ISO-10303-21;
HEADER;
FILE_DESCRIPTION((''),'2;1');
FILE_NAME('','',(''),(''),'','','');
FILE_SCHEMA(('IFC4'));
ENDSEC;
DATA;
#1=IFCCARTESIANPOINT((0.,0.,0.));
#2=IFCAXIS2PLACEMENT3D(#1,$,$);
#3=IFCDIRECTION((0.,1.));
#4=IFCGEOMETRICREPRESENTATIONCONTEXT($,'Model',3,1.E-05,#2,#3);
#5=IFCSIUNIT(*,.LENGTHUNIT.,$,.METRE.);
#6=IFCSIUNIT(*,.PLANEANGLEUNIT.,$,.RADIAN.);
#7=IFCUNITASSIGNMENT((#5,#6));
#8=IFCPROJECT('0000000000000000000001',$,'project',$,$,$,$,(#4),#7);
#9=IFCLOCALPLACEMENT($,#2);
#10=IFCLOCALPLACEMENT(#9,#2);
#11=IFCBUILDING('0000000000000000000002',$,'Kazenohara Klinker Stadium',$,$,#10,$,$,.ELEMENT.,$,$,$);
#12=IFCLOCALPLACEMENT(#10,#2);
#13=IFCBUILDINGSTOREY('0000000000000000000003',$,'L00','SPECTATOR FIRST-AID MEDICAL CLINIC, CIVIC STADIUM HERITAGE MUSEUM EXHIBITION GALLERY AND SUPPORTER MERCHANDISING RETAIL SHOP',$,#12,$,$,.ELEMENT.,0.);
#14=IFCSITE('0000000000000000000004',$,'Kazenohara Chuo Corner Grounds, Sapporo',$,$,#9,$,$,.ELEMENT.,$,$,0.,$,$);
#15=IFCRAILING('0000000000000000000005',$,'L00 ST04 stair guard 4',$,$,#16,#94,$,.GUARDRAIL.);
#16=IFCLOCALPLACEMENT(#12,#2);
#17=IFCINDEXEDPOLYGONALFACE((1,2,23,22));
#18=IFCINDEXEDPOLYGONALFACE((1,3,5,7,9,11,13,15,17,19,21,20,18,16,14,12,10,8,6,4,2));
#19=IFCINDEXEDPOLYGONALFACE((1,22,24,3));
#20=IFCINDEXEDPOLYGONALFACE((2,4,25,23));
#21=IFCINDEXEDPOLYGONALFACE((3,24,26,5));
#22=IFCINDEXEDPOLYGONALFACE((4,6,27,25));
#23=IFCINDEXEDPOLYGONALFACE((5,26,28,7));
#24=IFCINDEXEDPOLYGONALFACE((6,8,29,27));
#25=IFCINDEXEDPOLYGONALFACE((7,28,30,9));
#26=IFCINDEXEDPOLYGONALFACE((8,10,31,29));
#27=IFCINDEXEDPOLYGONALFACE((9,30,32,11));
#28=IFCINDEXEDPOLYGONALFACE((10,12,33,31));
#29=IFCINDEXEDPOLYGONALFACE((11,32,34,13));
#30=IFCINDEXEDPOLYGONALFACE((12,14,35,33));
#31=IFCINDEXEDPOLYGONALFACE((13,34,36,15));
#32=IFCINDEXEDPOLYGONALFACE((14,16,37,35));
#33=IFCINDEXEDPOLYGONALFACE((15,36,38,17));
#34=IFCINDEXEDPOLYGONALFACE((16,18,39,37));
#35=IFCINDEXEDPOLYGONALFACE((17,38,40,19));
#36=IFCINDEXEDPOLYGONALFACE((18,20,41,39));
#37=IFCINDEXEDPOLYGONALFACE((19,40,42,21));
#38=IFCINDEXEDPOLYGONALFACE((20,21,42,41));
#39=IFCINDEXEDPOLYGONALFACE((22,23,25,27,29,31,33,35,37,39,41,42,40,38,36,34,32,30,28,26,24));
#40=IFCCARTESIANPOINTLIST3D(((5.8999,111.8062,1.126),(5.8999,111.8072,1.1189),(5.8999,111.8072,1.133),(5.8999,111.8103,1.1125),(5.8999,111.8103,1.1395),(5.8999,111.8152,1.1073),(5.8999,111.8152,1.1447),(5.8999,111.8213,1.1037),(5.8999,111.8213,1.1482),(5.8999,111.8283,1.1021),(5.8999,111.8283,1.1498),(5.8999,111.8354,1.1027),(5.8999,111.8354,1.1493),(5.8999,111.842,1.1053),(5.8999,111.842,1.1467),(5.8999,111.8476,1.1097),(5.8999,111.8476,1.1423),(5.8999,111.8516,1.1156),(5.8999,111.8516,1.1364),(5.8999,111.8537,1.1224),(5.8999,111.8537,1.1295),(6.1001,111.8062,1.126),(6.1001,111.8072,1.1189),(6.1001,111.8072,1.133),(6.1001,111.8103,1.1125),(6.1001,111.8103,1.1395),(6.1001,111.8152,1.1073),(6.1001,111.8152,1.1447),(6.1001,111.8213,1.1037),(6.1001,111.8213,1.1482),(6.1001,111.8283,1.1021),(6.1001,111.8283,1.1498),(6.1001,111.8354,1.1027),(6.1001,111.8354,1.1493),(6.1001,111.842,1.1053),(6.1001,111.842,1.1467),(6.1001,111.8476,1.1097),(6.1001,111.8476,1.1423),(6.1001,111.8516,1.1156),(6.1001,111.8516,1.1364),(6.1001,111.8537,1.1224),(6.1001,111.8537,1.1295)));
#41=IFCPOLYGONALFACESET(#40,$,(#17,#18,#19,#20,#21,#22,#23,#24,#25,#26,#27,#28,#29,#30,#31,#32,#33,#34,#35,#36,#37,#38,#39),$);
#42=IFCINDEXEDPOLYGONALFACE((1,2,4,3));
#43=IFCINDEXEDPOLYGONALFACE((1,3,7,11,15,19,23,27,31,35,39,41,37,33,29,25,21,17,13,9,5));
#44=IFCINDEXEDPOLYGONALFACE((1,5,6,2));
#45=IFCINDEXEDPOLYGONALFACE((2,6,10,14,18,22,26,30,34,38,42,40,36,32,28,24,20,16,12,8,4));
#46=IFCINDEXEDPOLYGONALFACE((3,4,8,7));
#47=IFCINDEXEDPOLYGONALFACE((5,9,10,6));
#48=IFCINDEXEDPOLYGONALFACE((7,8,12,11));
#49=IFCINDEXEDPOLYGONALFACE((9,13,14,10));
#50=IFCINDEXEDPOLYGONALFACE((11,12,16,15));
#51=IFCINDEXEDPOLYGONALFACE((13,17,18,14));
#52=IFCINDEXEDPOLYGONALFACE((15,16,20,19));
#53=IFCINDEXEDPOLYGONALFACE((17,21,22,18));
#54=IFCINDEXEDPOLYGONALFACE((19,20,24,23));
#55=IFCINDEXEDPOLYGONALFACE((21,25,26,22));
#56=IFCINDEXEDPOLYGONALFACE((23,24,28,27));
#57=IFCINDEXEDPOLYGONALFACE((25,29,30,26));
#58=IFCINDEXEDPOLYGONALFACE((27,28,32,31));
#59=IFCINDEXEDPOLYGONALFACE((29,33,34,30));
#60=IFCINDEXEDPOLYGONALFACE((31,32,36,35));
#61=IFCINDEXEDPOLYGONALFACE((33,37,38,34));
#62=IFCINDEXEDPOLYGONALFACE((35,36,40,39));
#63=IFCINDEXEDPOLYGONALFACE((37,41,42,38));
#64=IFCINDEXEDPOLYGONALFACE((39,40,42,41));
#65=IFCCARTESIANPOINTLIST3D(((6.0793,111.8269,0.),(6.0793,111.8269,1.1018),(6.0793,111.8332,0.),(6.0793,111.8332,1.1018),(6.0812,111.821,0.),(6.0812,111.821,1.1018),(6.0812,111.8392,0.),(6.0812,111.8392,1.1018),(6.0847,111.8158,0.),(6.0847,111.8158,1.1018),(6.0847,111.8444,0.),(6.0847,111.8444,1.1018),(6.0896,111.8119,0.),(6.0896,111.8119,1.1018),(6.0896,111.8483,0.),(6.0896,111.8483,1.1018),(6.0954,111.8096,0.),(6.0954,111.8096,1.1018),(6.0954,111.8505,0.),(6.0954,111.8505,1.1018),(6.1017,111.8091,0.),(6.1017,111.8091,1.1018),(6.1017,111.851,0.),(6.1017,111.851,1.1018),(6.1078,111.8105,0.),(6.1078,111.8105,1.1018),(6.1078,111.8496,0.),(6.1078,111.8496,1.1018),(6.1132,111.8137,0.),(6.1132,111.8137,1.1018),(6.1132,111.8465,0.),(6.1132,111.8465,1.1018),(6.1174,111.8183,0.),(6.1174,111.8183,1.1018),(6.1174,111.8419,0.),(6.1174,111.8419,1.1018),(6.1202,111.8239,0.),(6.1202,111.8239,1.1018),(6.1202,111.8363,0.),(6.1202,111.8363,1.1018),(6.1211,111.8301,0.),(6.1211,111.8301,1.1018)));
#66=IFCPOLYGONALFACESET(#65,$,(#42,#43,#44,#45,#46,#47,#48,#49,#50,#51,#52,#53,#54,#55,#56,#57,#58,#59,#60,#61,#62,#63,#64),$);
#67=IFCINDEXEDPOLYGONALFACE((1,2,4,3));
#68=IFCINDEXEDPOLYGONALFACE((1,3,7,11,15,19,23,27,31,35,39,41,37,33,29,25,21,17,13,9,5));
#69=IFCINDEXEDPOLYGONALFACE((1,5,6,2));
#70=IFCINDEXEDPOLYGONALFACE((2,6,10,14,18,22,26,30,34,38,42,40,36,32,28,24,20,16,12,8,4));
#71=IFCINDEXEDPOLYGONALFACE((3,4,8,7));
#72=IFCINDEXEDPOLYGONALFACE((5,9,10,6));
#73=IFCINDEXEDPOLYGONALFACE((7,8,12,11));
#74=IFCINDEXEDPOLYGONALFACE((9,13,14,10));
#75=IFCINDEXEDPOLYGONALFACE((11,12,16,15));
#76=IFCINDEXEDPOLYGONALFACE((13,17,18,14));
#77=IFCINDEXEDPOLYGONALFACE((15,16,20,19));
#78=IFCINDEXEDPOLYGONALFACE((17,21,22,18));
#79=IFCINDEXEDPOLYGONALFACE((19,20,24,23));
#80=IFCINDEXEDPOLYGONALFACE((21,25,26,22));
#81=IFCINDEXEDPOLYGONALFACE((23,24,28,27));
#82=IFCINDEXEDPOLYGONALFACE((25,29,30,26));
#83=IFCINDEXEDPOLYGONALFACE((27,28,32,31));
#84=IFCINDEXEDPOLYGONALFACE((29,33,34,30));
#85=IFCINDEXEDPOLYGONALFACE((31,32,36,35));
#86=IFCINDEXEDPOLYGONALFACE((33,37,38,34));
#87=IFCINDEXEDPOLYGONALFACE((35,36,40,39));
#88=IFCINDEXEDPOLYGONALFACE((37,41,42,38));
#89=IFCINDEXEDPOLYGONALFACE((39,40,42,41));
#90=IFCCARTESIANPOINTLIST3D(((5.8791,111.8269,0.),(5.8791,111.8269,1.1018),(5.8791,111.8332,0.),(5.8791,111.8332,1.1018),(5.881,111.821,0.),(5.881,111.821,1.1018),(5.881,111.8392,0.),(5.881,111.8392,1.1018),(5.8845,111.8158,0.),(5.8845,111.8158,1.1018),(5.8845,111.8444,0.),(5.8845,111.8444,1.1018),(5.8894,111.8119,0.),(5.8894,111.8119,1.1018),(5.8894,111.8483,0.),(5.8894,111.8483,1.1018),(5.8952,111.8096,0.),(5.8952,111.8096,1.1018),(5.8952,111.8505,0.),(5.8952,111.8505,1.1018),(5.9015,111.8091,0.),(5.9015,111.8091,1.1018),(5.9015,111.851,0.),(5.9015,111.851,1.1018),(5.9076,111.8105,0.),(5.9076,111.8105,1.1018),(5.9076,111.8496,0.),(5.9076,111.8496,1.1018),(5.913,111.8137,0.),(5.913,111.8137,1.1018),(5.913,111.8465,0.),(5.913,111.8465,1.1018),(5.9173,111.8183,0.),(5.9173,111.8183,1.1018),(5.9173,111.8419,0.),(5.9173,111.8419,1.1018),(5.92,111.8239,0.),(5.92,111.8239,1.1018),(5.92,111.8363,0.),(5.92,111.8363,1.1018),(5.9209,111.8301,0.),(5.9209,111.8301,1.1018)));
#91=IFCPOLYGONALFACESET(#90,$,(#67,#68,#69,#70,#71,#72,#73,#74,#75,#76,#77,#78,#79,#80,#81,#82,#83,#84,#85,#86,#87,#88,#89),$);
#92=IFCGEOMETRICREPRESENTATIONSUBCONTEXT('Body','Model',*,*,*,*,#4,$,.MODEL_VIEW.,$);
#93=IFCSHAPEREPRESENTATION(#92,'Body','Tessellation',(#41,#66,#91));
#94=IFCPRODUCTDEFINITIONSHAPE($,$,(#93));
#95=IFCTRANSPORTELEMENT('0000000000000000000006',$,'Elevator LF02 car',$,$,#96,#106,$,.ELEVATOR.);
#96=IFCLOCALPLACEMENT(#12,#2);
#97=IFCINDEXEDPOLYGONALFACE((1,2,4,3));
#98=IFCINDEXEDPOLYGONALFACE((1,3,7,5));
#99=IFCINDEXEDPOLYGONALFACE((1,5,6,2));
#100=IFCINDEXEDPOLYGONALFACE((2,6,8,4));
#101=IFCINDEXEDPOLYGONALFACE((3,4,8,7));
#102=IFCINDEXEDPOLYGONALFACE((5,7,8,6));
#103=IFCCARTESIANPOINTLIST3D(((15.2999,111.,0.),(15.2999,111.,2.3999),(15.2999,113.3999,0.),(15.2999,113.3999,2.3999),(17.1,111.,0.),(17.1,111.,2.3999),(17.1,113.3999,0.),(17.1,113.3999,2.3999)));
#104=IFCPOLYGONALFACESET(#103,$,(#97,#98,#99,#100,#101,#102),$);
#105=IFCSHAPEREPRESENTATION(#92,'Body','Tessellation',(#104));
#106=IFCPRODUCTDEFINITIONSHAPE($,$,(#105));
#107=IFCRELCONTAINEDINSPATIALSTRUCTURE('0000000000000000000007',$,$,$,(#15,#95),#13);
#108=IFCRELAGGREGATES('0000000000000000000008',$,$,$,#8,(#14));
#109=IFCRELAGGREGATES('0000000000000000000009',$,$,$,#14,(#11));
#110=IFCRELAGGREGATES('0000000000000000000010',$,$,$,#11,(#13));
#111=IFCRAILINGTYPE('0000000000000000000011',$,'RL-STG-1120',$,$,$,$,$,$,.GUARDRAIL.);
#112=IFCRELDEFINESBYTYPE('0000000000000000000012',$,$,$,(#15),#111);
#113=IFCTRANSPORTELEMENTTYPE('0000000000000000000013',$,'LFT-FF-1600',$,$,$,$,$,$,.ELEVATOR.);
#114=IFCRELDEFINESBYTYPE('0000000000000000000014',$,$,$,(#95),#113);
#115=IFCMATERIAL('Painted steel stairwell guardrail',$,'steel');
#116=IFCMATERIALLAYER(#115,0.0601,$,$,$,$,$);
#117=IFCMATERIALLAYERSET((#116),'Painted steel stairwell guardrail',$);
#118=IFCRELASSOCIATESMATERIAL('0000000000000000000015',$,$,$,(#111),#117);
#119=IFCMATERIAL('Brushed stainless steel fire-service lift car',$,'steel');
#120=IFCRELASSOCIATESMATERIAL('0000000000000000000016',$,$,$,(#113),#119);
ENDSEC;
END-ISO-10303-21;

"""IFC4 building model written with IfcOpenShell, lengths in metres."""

from ifc_helpers import new_model, si_unit, direction, frame, origin, origin_2d, place, context, subcontext, project, spatial, rectangle, circle, extrude, material, layer, layer_set, type_object, element, save


model = new_model("IFC4")

# Units and contexts
model_context = context("Model", 3, precision=1e-05, world=origin(), true_north=direction((0.0, 1.0)))
body_context = subcontext(model_context, "Body", "Model", "MODEL_VIEW")
ifc_project = project(units=[si_unit("LENGTHUNIT", "METRE"), si_unit("PLANEANGLEUNIT", "RADIAN")], contexts=[model_context])

# Site, building, storey
site_placement = place(None, origin())
site = spatial("IfcSite", under=ifc_project, at=site_placement, Name="Kazenohara Chuo Corner Grounds, Sapporo", CompositionType="ELEMENT", RefElevation=0.0)
building_placement = place(site_placement, origin())
building = spatial("IfcBuilding", under=site, at=building_placement, Name="Kazenohara Klinker Stadium", CompositionType="ELEMENT")
storey_placement = place(building_placement, origin())
storey = spatial("IfcBuildingStorey", under=building, at=storey_placement, Name="L00", Description="SPECTATOR FIRST-AID MEDICAL CLINIC, CIVIC STADIUM HERITAGE MUSEUM EXHIBITION GALLERY AND SUPPORTER MERCHANDISING RETAIL SHOP", CompositionType="ELEMENT", Elevation=0.0)

# Railing
ifc_material_1 = material(Name="Painted steel stairwell guardrail", Category="steel")
ifc_layer_1 = layer(ifc_material_1, 0.0601)
ifc_layer_set_1 = layer_set([ifc_layer_1], Name="Painted steel stairwell guardrail")
railing_type_1 = type_object("IfcRailingType", Name="RL-STG-1120", PredefinedType="GUARDRAIL", material=ifc_layer_set_1)
railing_1_placement = place(storey_placement, frame((6.1001, 111.8301, 0.0)))
element("IfcRailing", 1, at=railing_1_placement, inside=storey, type_object=railing_type_1, Name="L00 ST04 stair guard 4", PredefinedType="GUARDRAIL", context=body_context, shape_type="SweptSolid", body=[
    extrude(circle(Radius=0.0239, at=origin_2d()), frame((0.0, 0.0, 1.126), z_axis=(-1.0, 0.0, 0.0), x_axis=(0.0, -1.0, 0.0)), (0.0, 0.0, 1.0), 0.2002),
    extrude(circle(Radius=0.021, at=origin_2d()), origin(), (0.0, 0.0, 1.0), 1.1018),
    extrude(circle(Radius=0.021, at=origin_2d()), frame((-0.2002, 0.0, 0.0)), (0.0, 0.0, 1.0), 1.1018),
])

# Transport element
ifc_material_2 = material(Name="Brushed stainless steel fire-service lift car", Category="steel")
transport_element_type = type_object("IfcTransportElementType", Name="LFT-FF-1600", PredefinedType="ELEVATOR", material=ifc_material_2)
transport_element_placement = place(storey_placement, frame((16.2, 112.2, 0.0), z_axis=(0.0, 0.0, 1.0), x_axis=(1.0, 0.0, 0.0)))
element("IfcTransportElement", 2, at=transport_element_placement, inside=storey, type_object=transport_element_type, Name="Elevator LF02 car", PredefinedType="ELEVATOR", context=body_context, shape_type="SweptSolid", body=[
    extrude(rectangle(XDim=1.8, YDim=2.3999, at=origin_2d()), origin(), (0.0, 0.0, 1.0), 2.3999),
])

save(model, "model.ifc")
